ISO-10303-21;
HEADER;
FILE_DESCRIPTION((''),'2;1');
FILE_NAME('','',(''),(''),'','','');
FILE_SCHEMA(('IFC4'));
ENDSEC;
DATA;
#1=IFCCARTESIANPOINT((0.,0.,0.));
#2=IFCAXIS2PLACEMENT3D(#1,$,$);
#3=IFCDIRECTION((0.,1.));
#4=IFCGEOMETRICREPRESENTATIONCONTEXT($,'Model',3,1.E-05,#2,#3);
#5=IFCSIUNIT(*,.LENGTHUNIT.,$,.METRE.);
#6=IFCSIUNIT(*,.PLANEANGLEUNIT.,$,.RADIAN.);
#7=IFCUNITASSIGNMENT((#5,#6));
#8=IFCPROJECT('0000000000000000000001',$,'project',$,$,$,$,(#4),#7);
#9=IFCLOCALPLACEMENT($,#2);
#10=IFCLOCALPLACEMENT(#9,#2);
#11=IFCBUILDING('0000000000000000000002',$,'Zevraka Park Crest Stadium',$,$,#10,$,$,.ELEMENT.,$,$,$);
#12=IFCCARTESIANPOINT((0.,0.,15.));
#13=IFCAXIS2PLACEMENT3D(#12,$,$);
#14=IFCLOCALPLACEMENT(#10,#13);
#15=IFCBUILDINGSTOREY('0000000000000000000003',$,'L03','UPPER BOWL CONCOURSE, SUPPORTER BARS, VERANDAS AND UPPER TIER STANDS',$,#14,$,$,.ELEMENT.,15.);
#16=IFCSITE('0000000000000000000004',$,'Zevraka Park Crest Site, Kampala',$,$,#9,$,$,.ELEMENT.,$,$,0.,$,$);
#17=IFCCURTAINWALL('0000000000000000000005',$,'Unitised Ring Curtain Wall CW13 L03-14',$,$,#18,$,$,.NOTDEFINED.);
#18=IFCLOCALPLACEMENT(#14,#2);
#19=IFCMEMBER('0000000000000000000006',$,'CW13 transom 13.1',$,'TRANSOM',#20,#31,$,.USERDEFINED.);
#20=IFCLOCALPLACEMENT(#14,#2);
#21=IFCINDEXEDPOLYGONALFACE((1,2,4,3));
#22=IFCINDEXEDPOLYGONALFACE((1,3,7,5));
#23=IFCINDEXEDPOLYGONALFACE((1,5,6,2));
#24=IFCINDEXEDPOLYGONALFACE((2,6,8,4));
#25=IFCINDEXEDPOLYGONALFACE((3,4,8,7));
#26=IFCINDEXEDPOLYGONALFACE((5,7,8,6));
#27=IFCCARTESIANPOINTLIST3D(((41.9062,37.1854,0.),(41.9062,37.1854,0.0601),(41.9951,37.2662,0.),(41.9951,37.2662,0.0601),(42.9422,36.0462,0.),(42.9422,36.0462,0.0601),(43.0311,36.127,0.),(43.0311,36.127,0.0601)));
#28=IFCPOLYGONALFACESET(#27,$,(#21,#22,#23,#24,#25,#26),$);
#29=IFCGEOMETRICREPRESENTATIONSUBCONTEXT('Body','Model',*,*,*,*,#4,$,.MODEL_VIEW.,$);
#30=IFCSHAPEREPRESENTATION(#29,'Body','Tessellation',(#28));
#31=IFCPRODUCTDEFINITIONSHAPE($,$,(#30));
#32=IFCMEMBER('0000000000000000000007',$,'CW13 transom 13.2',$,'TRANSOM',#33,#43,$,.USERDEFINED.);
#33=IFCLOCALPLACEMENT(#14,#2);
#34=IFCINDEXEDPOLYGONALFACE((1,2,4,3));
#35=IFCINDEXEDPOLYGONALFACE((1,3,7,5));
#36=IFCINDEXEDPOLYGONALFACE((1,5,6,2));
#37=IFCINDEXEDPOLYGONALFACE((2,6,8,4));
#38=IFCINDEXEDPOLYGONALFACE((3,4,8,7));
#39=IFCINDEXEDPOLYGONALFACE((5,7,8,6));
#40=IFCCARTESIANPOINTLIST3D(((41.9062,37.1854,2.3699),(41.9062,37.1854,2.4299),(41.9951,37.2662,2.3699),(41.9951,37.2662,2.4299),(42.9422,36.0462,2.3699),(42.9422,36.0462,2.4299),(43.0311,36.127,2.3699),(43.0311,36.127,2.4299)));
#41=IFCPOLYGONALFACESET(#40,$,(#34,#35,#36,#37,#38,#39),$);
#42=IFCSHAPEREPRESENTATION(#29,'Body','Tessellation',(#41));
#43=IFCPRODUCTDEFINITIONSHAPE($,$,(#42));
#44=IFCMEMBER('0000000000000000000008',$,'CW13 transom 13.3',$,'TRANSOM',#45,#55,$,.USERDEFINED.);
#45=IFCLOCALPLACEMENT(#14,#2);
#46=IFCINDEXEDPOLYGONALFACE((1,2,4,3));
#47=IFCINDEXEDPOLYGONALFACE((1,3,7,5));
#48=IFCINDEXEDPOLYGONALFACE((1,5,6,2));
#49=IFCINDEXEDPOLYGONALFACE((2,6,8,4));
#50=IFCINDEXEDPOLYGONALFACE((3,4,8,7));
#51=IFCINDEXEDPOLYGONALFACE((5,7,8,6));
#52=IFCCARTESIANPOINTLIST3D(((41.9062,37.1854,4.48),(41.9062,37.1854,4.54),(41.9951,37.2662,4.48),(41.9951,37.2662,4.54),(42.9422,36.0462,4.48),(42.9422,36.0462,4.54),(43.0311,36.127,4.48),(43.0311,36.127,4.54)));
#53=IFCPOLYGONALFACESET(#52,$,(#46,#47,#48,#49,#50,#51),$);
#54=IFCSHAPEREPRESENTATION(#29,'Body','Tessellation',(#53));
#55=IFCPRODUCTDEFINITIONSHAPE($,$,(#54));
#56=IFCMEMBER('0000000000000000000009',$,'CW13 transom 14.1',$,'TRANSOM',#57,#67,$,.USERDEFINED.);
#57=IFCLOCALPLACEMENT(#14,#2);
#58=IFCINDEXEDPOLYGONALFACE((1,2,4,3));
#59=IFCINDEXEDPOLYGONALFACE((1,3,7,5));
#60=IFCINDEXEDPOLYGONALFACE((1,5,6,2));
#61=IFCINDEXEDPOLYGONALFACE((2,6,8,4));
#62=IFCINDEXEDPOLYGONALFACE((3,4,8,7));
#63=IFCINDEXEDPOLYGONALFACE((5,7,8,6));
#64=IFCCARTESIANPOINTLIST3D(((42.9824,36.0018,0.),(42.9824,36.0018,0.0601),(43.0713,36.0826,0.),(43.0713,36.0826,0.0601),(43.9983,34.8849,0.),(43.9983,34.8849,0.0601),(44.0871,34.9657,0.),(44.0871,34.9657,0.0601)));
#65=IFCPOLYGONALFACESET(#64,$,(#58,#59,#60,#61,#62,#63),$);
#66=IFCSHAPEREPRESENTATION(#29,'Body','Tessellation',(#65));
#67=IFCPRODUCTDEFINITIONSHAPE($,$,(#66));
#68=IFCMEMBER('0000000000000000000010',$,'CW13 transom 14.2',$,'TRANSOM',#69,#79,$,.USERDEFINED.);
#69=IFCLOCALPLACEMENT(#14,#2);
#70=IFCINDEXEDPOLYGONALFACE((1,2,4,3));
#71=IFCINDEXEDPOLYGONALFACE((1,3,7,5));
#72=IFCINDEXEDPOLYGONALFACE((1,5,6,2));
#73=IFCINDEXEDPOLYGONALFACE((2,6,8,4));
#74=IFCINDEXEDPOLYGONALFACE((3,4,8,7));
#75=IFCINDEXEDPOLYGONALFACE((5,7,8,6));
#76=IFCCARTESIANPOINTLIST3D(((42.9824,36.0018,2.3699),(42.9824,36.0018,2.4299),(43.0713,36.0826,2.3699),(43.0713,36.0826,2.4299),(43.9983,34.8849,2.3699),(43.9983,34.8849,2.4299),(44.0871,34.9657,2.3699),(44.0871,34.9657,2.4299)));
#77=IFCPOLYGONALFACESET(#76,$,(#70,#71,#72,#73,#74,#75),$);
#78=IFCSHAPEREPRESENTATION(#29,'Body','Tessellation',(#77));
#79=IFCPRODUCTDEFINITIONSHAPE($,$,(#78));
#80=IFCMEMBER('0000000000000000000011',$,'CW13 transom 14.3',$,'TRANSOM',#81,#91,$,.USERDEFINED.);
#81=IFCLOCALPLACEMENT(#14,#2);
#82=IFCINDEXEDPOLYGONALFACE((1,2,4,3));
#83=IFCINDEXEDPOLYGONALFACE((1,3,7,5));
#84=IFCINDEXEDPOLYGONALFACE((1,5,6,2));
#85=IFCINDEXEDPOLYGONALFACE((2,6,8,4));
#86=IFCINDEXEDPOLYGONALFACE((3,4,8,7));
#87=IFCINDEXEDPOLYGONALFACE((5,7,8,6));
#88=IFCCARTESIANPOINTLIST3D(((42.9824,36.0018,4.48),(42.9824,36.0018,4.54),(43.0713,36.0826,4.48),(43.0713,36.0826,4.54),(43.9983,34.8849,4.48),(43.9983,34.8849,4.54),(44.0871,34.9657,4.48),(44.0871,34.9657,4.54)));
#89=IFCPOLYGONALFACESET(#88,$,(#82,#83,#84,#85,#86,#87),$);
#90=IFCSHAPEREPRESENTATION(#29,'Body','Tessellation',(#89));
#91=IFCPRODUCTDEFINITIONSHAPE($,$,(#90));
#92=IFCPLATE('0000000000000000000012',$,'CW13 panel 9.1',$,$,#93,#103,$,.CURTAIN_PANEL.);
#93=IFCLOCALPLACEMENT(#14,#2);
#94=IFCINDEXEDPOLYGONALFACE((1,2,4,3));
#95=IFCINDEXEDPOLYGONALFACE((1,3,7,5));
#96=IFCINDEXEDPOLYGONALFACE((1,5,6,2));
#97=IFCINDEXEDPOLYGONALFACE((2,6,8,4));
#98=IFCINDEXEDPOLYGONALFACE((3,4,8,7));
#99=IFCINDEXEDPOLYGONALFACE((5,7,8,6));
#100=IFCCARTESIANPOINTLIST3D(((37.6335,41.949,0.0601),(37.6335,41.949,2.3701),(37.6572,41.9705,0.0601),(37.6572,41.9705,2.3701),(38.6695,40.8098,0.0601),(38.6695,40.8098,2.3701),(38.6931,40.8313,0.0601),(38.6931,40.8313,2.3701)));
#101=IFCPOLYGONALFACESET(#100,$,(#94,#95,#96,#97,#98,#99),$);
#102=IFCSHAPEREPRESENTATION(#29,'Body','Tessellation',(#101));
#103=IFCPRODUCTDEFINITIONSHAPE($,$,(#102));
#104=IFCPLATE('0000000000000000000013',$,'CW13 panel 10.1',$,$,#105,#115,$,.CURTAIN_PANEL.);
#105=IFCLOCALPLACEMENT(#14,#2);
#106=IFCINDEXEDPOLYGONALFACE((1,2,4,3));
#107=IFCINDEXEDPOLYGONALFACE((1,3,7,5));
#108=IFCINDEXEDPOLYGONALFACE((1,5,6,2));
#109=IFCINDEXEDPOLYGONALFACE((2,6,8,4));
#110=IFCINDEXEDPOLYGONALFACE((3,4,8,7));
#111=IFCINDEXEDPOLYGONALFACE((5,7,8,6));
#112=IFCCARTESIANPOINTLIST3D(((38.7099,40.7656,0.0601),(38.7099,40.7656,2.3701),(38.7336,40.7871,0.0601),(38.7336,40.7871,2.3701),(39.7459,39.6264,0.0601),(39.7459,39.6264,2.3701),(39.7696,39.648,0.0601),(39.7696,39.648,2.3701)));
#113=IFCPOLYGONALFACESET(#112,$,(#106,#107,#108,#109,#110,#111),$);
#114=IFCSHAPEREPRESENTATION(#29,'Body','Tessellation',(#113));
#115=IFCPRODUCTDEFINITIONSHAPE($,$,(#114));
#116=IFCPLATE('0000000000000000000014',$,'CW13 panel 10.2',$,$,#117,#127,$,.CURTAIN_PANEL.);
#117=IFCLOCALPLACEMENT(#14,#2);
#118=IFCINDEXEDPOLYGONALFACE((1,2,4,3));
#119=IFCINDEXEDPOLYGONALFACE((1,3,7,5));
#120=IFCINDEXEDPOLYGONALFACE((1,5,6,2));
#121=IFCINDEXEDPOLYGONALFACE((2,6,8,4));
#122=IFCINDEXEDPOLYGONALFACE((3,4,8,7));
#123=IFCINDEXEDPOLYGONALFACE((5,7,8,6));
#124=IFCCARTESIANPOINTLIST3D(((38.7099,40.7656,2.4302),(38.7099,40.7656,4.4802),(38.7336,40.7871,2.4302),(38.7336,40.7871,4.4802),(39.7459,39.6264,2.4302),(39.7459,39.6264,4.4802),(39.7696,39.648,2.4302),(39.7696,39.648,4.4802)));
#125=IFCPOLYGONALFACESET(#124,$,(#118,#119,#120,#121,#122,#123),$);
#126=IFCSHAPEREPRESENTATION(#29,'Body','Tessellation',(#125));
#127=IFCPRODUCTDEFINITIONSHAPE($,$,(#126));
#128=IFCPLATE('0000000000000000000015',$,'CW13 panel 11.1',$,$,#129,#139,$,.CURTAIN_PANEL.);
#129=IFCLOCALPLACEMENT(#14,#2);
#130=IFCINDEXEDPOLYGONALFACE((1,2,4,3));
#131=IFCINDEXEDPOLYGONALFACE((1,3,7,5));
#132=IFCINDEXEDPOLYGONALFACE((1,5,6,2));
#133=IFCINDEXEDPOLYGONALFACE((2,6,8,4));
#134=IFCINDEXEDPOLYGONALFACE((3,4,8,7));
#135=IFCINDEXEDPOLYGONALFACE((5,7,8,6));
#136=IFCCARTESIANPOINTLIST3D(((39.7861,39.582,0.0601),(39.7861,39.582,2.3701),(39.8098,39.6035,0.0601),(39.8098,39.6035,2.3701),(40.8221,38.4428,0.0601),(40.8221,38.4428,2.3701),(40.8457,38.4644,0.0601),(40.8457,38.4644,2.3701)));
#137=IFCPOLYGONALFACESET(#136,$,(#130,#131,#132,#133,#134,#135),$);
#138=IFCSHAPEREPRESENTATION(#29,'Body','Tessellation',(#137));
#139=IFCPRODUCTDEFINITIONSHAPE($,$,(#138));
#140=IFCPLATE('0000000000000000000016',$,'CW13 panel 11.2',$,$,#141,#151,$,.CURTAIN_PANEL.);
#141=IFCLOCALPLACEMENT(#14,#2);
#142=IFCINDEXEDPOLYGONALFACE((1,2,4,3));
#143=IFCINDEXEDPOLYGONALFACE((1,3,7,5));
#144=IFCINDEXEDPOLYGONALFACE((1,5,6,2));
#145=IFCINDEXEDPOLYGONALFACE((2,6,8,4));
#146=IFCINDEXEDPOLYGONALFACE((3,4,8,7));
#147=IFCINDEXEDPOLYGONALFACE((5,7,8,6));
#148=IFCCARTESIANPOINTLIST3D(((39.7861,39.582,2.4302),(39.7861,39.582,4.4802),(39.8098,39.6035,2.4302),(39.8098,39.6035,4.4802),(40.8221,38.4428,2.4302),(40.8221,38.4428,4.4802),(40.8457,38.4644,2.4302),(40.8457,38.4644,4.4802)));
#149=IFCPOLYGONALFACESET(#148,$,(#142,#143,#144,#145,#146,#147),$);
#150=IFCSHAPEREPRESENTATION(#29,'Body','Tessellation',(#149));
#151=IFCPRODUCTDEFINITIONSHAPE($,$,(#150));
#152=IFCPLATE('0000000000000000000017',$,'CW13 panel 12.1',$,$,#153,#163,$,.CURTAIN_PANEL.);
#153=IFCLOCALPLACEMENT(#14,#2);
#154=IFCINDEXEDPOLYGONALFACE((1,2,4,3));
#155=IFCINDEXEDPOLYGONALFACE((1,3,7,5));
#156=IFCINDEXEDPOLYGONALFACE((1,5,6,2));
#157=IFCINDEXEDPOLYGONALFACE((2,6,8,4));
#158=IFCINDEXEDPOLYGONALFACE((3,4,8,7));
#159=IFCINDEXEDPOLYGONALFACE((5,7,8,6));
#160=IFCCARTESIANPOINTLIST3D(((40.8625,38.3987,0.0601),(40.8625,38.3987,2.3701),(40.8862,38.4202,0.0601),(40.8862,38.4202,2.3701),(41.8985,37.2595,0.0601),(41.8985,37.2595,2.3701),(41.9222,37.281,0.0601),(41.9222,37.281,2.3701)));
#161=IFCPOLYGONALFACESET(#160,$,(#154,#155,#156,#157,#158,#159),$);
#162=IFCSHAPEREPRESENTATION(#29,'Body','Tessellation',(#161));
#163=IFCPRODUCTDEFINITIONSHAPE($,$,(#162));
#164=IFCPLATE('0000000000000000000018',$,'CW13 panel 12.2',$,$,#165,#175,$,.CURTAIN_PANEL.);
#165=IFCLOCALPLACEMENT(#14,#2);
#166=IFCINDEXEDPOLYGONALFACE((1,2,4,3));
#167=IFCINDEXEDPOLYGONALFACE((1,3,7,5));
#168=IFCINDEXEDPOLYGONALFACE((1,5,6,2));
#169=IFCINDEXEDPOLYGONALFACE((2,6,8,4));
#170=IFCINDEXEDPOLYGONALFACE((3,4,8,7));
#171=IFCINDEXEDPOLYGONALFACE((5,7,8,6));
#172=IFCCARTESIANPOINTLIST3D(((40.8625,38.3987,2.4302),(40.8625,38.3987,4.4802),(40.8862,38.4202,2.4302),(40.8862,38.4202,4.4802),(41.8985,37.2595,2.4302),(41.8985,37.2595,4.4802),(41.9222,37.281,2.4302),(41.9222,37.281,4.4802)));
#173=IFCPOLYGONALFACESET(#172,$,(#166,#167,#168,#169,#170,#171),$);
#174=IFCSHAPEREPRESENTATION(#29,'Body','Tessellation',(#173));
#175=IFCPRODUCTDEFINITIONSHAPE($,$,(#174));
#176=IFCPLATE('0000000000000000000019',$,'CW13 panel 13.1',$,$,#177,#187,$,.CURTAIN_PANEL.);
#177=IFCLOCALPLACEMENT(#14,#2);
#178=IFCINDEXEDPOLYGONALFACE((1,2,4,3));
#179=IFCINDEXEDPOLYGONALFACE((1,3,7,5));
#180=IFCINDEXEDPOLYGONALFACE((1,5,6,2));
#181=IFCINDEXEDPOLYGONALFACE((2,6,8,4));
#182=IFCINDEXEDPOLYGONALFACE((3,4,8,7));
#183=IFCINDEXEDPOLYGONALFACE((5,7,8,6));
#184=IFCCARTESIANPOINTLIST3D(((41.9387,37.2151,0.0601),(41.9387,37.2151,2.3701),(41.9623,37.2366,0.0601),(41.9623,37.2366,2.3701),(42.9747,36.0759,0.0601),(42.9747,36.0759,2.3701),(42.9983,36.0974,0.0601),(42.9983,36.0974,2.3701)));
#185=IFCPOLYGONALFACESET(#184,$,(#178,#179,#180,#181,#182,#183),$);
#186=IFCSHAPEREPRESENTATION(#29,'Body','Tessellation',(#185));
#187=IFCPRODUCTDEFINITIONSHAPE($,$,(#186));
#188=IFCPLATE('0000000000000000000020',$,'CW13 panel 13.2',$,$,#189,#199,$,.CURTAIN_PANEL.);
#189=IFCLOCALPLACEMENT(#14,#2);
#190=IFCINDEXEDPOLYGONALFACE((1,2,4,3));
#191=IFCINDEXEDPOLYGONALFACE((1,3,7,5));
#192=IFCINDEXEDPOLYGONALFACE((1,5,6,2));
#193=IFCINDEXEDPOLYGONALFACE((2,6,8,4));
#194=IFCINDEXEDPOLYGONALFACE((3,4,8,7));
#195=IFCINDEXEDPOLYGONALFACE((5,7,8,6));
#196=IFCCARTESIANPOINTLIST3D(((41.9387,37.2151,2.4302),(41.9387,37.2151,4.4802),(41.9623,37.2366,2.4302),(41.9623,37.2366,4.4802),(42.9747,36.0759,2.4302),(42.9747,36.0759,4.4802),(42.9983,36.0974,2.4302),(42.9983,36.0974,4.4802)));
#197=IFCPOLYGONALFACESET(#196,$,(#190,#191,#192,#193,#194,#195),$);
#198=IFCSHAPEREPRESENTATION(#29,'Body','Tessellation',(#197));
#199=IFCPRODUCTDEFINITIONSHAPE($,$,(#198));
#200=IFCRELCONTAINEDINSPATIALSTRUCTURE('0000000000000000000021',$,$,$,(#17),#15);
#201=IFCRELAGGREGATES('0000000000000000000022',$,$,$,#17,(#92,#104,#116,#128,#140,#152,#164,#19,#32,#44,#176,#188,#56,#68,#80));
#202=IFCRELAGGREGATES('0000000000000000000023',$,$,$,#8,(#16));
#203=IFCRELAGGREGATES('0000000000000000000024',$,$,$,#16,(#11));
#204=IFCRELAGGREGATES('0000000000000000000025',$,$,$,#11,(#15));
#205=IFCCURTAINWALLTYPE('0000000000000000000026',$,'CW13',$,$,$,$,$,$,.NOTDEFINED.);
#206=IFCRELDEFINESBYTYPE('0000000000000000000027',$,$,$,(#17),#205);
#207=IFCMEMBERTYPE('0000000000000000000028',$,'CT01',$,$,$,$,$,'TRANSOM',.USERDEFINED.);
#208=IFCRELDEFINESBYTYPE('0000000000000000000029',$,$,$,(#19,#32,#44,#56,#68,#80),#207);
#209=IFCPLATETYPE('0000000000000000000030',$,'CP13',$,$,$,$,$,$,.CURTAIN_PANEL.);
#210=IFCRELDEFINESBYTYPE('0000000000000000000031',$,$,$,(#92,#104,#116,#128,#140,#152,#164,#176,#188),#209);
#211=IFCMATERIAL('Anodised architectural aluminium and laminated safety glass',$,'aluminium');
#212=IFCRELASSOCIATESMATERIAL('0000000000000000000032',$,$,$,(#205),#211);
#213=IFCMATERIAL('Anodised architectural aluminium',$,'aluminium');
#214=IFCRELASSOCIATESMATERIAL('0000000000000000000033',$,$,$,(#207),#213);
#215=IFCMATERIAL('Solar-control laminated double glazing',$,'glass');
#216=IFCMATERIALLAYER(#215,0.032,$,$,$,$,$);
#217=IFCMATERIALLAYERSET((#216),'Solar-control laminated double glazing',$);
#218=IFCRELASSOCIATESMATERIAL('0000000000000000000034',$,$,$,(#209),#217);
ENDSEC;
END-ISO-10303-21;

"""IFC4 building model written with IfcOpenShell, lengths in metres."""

from ifc_helpers import new_model, si_unit, direction, frame, origin, origin_2d, place, context, subcontext, project, spatial, rectangle, extrude, material, layer, layer_set, material_profile, profile_set, type_object, element, aggregate, save


model = new_model("IFC4")

# Units and contexts
model_context = context("Model", 3, precision=1e-05, world=origin(), true_north=direction((0.0, 1.0)))
body_context = subcontext(model_context, "Body", "Model", "MODEL_VIEW")
ifc_project = project(units=[si_unit("LENGTHUNIT", "METRE"), si_unit("PLANEANGLEUNIT", "RADIAN")], contexts=[model_context])

# Site, building, storey
site_placement = place(None, origin())
site = spatial("IfcSite", under=ifc_project, at=site_placement, Name="Zevraka Park Crest Site, Kampala", CompositionType="ELEMENT", RefElevation=0.0)
building_placement = place(site_placement, origin())
building = spatial("IfcBuilding", under=site, at=building_placement, Name="Zevraka Park Crest Stadium", CompositionType="ELEMENT")
storey_placement = place(building_placement, frame((0.0, 0.0, 15.0)))
storey = spatial("IfcBuildingStorey", under=building, at=storey_placement, Name="L03", Description="UPPER BOWL CONCOURSE, SUPPORTER BARS, VERANDAS AND UPPER TIER STANDS", CompositionType="ELEMENT", Elevation=15.0)

# Curtain wall, members, plates
ifc_material_1 = material(Name="Anodised architectural aluminium and laminated safety glass", Category="aluminium")
curtain_wall_type = type_object("IfcCurtainWallType", Name="CW13", PredefinedType="NOTDEFINED", material=ifc_material_1)
curtain_wall_placement = place(storey_placement, origin())
curtain_wall = element("IfcCurtainWall", 1, at=curtain_wall_placement, inside=storey, type_object=curtain_wall_type, Name="Unitised Ring Curtain Wall CW13 L03-14", PredefinedType="NOTDEFINED")
ifc_material_2 = material(Name="Anodised architectural aluminium", Category="aluminium")
ifc_material_profile_1 = material_profile(ifc_material_2, rectangle(XDim=0.1201, YDim=0.0601, at=origin_2d()), Name="ALU TRANSOM 120x60")
ifc_profile_set_1 = profile_set([ifc_material_profile_1], Name="Anodised architectural aluminium")
member_type_1 = type_object("IfcMemberType", Name="CT01", ElementType="TRANSOM", PredefinedType="USERDEFINED", material=ifc_profile_set_1)
member_1_placement = place(storey_placement, frame((41.9507, 37.2258, 0.03), z_axis=(0.672775, -0.739847, 0.0), x_axis=(0.739847, 0.672775, 0.0)))
member_1 = element("IfcMember", 2, at=member_1_placement, type_object=member_type_1, Name="CW13 transom 13.1", ObjectType="TRANSOM", PredefinedType="USERDEFINED", context=body_context, shape_type="SweptSolid", body=[
    extrude(rectangle(XDim=0.1201, YDim=0.0601, at=origin_2d()), origin(), (0.0, 0.0, 1.0), 1.5398),
])
member_2_placement = place(storey_placement, frame((41.9507, 37.2258, 2.3999), z_axis=(0.672775, -0.739847, 0.0), x_axis=(0.739847, 0.672775, 0.0)))
member_2 = element("IfcMember", 3, at=member_2_placement, type_object=member_type_1, Name="CW13 transom 13.2", ObjectType="TRANSOM", PredefinedType="USERDEFINED", context=body_context, shape_type="SweptSolid", body=[
    extrude(rectangle(XDim=0.1201, YDim=0.0601, at=origin_2d()), origin(), (0.0, 0.0, 1.0), 1.5398),
])
member_3_placement = place(storey_placement, frame((41.9507, 37.2258, 4.51), z_axis=(0.672775, -0.739847, 0.0), x_axis=(0.739847, 0.672775, 0.0)))
member_3 = element("IfcMember", 4, at=member_3_placement, type_object=member_type_1, Name="CW13 transom 13.3", ObjectType="TRANSOM", PredefinedType="USERDEFINED", context=body_context, shape_type="SweptSolid", body=[
    extrude(rectangle(XDim=0.1201, YDim=0.0601, at=origin_2d()), origin(), (0.0, 0.0, 1.0), 1.5398),
])
member_4_placement = place(storey_placement, frame((43.0269, 36.0422, 0.03), z_axis=(0.672842, -0.739786, 0.0), x_axis=(0.739786, 0.672842, 0.0)))
member_4 = element("IfcMember", 5, at=member_4_placement, type_object=member_type_1, Name="CW13 transom 14.1", ObjectType="TRANSOM", PredefinedType="USERDEFINED", context=body_context, shape_type="SweptSolid", body=[
    extrude(rectangle(XDim=0.1201, YDim=0.0601, at=origin_2d()), origin(), (0.0, 0.0, 1.0), 1.5098),
])
member_5_placement = place(storey_placement, frame((43.0269, 36.0422, 2.3999), z_axis=(0.672842, -0.739786, 0.0), x_axis=(0.739786, 0.672842, 0.0)))
member_5 = element("IfcMember", 6, at=member_5_placement, type_object=member_type_1, Name="CW13 transom 14.2", ObjectType="TRANSOM", PredefinedType="USERDEFINED", context=body_context, shape_type="SweptSolid", body=[
    extrude(rectangle(XDim=0.1201, YDim=0.0601, at=origin_2d()), origin(), (0.0, 0.0, 1.0), 1.5098),
])
member_6_placement = place(storey_placement, frame((43.0269, 36.0422, 4.51), z_axis=(0.672842, -0.739786, 0.0), x_axis=(0.739786, 0.672842, 0.0)))
member_6 = element("IfcMember", 7, at=member_6_placement, type_object=member_type_1, Name="CW13 transom 14.3", ObjectType="TRANSOM", PredefinedType="USERDEFINED", context=body_context, shape_type="SweptSolid", body=[
    extrude(rectangle(XDim=0.1201, YDim=0.0601, at=origin_2d()), origin(), (0.0, 0.0, 1.0), 1.5098),
])
ifc_material_3 = material(Name="Solar-control laminated double glazing", Category="glass")
ifc_layer_1 = layer(ifc_material_3, 0.032)
ifc_layer_set_1 = layer_set([ifc_layer_1], Name="Solar-control laminated double glazing")
plate_type = type_object("IfcPlateType", Name="CP13", PredefinedType="CURTAIN_PANEL", material=ifc_layer_set_1)
plate_1_placement = place(storey_placement, frame((38.1633, 41.3901, 0.0601), z_axis=(0.0, 0.0, 1.0), x_axis=(0.672802, -0.739823, 0.0)))
plate_1 = element("IfcPlate", 8, at=plate_1_placement, type_object=plate_type, Name="CW13 panel 9.1", PredefinedType="CURTAIN_PANEL", context=body_context, shape_type="SweptSolid", body=[
    extrude(rectangle(XDim=1.5398, YDim=0.032, at=origin_2d()), origin(), (0.0, 0.0, 1.0), 2.3101),
])
plate_2_placement = place(storey_placement, frame((39.2397, 40.2068, 0.0601), z_axis=(0.0, 0.0, 1.0), x_axis=(0.672802, -0.739823, 0.0)))
plate_2 = element("IfcPlate", 9, at=plate_2_placement, type_object=plate_type, Name="CW13 panel 10.1", PredefinedType="CURTAIN_PANEL", context=body_context, shape_type="SweptSolid", body=[
    extrude(rectangle(XDim=1.5398, YDim=0.032, at=origin_2d()), origin(), (0.0, 0.0, 1.0), 2.3101),
])
plate_3_placement = place(storey_placement, frame((39.2397, 40.2068, 2.4302), z_axis=(0.0, 0.0, 1.0), x_axis=(0.672802, -0.739823, 0.0)))
plate_3 = element("IfcPlate", 10, at=plate_3_placement, type_object=plate_type, Name="CW13 panel 10.2", PredefinedType="CURTAIN_PANEL", context=body_context, shape_type="SweptSolid", body=[
    extrude(rectangle(XDim=1.5398, YDim=0.032, at=origin_2d()), origin(), (0.0, 0.0, 1.0), 2.05),
])
plate_4_placement = place(storey_placement, frame((40.3159, 39.0232, 0.0601), z_axis=(0.0, 0.0, 1.0), x_axis=(0.672802, -0.739823, 0.0)))
plate_4 = element("IfcPlate", 11, at=plate_4_placement, type_object=plate_type, Name="CW13 panel 11.1", PredefinedType="CURTAIN_PANEL", context=body_context, shape_type="SweptSolid", body=[
    extrude(rectangle(XDim=1.5398, YDim=0.032, at=origin_2d()), origin(), (0.0, 0.0, 1.0), 2.3101),
])
plate_5_placement = place(storey_placement, frame((40.3159, 39.0232, 2.4302), z_axis=(0.0, 0.0, 1.0), x_axis=(0.672802, -0.739823, 0.0)))
plate_5 = element("IfcPlate", 12, at=plate_5_placement, type_object=plate_type, Name="CW13 panel 11.2", PredefinedType="CURTAIN_PANEL", context=body_context, shape_type="SweptSolid", body=[
    extrude(rectangle(XDim=1.5398, YDim=0.032, at=origin_2d()), origin(), (0.0, 0.0, 1.0), 2.05),
])
plate_6_placement = place(storey_placement, frame((41.3923, 37.8398, 0.0601), z_axis=(0.0, 0.0, 1.0), x_axis=(0.672802, -0.739823, 0.0)))
plate_6 = element("IfcPlate", 13, at=plate_6_placement, type_object=plate_type, Name="CW13 panel 12.1", PredefinedType="CURTAIN_PANEL", context=body_context, shape_type="SweptSolid", body=[
    extrude(rectangle(XDim=1.5398, YDim=0.032, at=origin_2d()), origin(), (0.0, 0.0, 1.0), 2.3101),
])
plate_7_placement = place(storey_placement, frame((41.3923, 37.8398, 2.4302), z_axis=(0.0, 0.0, 1.0), x_axis=(0.672802, -0.739823, 0.0)))
plate_7 = element("IfcPlate", 14, at=plate_7_placement, type_object=plate_type, Name="CW13 panel 12.2", PredefinedType="CURTAIN_PANEL", context=body_context, shape_type="SweptSolid", body=[
    extrude(rectangle(XDim=1.5398, YDim=0.032, at=origin_2d()), origin(), (0.0, 0.0, 1.0), 2.05),
])
plate_8_placement = place(storey_placement, frame((42.4685, 36.6562, 0.0601), z_axis=(0.0, 0.0, 1.0), x_axis=(0.672802, -0.739823, 0.0)))
plate_8 = element("IfcPlate", 15, at=plate_8_placement, type_object=plate_type, Name="CW13 panel 13.1", PredefinedType="CURTAIN_PANEL", context=body_context, shape_type="SweptSolid", body=[
    extrude(rectangle(XDim=1.5398, YDim=0.032, at=origin_2d()), origin(), (0.0, 0.0, 1.0), 2.3101),
])
plate_9_placement = place(storey_placement, frame((42.4685, 36.6562, 2.4302), z_axis=(0.0, 0.0, 1.0), x_axis=(0.672802, -0.739823, 0.0)))
plate_9 = element("IfcPlate", 16, at=plate_9_placement, type_object=plate_type, Name="CW13 panel 13.2", PredefinedType="CURTAIN_PANEL", context=body_context, shape_type="SweptSolid", body=[
    extrude(rectangle(XDim=1.5398, YDim=0.032, at=origin_2d()), origin(), (0.0, 0.0, 1.0), 2.05),
])
aggregate(curtain_wall, [plate_1, plate_2, plate_3, plate_4, plate_5, plate_6, plate_7, member_1, member_2, member_3, plate_8, plate_9, member_4, member_5, member_6])

save(model, "model.ifc")
